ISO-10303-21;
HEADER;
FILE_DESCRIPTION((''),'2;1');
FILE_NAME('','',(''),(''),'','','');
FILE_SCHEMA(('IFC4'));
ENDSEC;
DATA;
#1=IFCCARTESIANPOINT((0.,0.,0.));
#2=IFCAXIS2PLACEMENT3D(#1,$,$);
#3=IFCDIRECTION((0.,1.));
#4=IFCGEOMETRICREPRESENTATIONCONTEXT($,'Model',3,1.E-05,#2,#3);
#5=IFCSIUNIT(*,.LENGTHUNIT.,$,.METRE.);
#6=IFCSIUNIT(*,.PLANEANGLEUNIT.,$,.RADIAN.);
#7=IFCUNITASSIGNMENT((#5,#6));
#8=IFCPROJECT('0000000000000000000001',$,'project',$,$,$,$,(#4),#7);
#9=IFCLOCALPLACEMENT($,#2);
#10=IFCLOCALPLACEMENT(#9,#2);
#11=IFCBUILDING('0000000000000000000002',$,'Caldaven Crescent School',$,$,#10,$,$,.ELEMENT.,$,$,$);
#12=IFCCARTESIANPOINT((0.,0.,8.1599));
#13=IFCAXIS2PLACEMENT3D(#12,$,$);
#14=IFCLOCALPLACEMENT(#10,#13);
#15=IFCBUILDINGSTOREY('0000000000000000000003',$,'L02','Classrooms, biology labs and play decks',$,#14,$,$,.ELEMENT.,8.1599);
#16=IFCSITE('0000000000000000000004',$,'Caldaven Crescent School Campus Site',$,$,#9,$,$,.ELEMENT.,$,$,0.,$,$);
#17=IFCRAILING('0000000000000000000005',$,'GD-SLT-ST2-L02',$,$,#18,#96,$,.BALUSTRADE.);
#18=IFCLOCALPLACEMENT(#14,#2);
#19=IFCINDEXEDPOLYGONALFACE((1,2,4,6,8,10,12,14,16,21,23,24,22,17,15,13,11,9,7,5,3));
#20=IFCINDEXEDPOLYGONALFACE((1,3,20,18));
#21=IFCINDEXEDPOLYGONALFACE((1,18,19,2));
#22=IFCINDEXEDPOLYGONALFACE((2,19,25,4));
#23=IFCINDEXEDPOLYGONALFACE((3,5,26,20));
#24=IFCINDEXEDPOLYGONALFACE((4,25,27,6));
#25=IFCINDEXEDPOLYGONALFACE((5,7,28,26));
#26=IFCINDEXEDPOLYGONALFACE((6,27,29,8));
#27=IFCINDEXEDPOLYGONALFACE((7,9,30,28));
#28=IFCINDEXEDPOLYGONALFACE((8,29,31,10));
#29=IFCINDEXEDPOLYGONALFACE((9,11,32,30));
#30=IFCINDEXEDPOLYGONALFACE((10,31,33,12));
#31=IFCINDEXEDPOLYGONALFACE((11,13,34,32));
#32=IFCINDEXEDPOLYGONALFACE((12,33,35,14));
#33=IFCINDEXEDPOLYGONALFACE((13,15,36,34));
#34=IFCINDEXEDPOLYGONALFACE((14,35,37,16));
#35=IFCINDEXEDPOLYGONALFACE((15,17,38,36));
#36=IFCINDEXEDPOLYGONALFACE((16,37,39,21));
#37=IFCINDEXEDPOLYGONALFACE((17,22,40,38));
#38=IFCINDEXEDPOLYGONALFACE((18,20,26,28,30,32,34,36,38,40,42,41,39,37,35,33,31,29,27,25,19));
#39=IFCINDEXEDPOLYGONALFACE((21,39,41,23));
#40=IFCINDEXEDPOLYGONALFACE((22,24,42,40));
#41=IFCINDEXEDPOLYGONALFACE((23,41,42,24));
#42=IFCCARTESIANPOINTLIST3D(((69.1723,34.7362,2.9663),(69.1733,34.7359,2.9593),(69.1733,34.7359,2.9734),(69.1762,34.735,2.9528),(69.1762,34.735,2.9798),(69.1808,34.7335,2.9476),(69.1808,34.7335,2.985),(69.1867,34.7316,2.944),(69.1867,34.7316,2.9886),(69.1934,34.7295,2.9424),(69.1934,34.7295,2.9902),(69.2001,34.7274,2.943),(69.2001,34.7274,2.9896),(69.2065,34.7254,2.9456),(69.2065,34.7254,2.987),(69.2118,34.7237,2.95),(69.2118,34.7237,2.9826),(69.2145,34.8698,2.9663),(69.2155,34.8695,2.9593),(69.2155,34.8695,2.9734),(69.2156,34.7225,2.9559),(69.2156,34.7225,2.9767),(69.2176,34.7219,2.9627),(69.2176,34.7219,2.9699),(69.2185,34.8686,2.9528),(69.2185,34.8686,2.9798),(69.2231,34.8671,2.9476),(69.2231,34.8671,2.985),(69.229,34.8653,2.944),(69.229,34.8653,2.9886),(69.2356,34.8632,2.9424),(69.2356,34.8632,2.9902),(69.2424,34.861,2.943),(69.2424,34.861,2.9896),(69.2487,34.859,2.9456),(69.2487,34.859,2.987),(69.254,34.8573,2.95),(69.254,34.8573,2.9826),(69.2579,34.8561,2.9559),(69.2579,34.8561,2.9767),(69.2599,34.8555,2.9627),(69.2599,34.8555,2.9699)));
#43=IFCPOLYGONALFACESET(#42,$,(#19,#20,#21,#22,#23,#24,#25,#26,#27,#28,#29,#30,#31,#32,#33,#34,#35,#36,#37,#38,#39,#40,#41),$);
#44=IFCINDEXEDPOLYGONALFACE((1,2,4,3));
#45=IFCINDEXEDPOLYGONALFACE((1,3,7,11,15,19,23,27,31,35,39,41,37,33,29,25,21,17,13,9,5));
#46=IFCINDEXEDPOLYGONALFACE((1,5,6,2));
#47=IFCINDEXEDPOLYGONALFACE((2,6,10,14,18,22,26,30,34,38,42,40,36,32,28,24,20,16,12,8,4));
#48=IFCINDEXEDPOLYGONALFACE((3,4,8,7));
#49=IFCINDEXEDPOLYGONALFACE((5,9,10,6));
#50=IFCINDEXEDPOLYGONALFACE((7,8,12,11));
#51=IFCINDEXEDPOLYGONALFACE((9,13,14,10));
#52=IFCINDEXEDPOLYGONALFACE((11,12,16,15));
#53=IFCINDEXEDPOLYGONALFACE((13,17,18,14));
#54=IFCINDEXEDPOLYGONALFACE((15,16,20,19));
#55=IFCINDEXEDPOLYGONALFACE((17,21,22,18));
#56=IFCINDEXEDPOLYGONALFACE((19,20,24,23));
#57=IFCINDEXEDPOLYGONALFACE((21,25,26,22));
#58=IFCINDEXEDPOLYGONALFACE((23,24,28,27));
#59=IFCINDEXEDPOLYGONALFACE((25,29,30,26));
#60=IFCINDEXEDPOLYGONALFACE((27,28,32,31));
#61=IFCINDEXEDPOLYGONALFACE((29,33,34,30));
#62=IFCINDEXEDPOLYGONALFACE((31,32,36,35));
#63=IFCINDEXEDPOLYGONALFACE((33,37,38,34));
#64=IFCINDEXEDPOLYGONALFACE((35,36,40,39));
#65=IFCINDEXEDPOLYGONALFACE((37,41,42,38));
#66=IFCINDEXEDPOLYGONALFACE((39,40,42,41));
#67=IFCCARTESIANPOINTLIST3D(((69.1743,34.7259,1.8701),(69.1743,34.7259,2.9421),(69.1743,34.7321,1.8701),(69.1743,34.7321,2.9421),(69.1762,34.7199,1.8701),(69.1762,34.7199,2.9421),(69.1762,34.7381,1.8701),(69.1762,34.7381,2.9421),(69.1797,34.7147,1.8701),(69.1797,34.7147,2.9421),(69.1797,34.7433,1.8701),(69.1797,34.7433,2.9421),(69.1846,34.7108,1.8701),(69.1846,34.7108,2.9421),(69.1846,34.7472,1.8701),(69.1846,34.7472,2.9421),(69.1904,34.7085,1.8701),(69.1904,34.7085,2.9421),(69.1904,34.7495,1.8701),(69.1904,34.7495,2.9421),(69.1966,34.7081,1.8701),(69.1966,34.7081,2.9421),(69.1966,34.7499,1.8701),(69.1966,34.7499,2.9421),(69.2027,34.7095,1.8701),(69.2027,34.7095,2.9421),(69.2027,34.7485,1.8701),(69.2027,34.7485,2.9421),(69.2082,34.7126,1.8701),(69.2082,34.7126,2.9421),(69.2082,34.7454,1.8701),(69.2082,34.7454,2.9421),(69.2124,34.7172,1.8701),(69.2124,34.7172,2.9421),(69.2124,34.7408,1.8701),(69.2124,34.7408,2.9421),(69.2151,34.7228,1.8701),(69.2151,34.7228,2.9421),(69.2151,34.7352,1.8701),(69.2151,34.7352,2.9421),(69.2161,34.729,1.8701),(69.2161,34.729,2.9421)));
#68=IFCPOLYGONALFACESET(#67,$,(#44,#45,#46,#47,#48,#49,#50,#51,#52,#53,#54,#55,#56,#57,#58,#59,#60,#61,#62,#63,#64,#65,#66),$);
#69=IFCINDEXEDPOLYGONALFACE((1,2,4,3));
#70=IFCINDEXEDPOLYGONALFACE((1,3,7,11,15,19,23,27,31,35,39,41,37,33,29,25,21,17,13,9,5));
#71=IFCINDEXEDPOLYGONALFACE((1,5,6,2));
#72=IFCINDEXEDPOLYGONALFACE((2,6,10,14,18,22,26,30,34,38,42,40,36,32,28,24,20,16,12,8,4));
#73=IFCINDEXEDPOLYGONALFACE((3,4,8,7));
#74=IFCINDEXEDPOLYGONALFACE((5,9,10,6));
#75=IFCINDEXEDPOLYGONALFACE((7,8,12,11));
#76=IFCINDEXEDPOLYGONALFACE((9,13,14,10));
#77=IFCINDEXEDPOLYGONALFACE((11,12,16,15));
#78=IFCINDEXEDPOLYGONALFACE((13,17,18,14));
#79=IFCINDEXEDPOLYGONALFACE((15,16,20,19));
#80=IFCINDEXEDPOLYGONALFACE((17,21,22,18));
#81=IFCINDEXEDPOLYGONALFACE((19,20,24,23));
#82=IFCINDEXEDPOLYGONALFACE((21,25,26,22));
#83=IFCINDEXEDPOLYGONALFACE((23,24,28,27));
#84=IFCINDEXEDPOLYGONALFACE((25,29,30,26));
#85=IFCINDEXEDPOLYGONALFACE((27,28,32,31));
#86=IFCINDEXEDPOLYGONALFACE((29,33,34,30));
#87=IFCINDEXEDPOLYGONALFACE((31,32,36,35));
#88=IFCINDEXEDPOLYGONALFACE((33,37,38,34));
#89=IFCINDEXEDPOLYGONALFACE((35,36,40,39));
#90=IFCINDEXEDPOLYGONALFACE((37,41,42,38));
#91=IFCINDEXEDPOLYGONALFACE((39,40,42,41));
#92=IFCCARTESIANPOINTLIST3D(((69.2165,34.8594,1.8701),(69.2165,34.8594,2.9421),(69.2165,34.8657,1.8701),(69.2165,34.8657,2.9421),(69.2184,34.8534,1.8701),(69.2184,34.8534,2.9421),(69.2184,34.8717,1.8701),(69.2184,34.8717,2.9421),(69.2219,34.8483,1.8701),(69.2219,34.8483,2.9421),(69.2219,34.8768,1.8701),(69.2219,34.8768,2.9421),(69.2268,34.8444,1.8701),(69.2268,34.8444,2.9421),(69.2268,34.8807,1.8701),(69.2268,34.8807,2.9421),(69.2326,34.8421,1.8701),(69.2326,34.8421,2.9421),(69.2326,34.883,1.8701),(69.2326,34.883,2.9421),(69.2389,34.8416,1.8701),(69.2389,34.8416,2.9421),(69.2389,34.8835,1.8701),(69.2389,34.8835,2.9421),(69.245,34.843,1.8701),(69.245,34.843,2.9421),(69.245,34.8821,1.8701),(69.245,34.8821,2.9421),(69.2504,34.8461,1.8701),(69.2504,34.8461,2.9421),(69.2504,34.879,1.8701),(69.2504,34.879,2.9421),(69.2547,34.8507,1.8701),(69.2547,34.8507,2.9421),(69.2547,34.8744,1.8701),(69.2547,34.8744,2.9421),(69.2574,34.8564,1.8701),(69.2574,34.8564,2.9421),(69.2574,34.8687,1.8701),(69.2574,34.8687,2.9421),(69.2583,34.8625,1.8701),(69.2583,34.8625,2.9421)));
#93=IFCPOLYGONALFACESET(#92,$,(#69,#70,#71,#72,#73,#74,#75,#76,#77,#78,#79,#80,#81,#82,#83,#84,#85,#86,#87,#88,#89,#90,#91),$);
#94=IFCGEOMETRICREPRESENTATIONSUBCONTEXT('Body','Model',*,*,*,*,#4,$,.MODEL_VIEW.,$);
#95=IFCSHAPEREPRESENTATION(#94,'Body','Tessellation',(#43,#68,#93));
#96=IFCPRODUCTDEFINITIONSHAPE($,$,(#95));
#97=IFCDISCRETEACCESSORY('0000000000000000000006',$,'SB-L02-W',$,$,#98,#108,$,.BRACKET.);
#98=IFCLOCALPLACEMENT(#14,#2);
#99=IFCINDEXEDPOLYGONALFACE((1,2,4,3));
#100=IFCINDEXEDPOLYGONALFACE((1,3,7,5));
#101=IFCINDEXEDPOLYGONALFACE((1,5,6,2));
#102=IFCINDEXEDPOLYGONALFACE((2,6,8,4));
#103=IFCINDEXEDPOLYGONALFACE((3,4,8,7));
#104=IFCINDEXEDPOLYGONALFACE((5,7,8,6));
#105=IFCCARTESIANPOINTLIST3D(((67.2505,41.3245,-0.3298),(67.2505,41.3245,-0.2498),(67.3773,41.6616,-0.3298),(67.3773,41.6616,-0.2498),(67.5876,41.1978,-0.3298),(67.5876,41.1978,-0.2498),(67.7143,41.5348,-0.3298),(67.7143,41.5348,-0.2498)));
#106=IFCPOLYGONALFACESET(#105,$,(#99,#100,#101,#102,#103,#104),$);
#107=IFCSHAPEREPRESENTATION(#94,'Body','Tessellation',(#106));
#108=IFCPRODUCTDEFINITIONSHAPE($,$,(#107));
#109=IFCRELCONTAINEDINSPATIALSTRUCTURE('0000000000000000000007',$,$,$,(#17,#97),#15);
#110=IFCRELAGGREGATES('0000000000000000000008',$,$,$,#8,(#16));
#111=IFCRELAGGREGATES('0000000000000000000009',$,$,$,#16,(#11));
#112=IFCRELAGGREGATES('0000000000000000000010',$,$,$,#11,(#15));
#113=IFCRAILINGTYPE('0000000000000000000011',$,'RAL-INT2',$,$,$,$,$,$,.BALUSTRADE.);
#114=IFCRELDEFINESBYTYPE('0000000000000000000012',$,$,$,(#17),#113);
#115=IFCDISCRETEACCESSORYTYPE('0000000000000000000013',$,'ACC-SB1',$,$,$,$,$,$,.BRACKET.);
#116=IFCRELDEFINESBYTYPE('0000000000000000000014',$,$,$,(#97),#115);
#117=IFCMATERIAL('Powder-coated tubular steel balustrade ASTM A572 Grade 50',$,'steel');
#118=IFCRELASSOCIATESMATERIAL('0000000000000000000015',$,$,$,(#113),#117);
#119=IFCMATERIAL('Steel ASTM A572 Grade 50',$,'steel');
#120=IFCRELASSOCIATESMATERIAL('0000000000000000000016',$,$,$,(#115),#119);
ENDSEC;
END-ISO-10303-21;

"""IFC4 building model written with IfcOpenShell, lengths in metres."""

from ifc_helpers import new_model, si_unit, direction, frame, origin, origin_2d, place, context, subcontext, project, spatial, rectangle, circle, extrude, material, type_object, element, save


model = new_model("IFC4")

# Units and contexts
model_context = context("Model", 3, precision=1e-05, world=origin(), true_north=direction((0.0, 1.0)))
body_context = subcontext(model_context, "Body", "Model", "MODEL_VIEW")
ifc_project = project(units=[si_unit("LENGTHUNIT", "METRE"), si_unit("PLANEANGLEUNIT", "RADIAN")], contexts=[model_context])

# Site, building, storey
site_placement = place(None, origin())
site = spatial("IfcSite", under=ifc_project, at=site_placement, Name="Caldaven Crescent School Campus Site", CompositionType="ELEMENT", RefElevation=0.0)
building_placement = place(site_placement, origin())
building = spatial("IfcBuilding", under=site, at=building_placement, Name="Caldaven Crescent School", CompositionType="ELEMENT")
storey_placement = place(building_placement, frame((0.0, 0.0, 8.1599)))
storey = spatial("IfcBuildingStorey", under=building, at=storey_placement, Name="L02", Description="Classrooms, biology labs and play decks", CompositionType="ELEMENT", Elevation=8.1599)

# Shared definitions
ifc_material_1 = material(Name="Steel ASTM A572 Grade 50", Category="steel")

# Railing
ifc_material_2 = material(Name="Powder-coated tubular steel balustrade ASTM A572 Grade 50", Category="steel")
railing_type_1 = type_object("IfcRailingType", Name="RAL-INT2", PredefinedType="BALUSTRADE", material=ifc_material_2)
railing_1_placement = place(storey_placement, frame((69.1951, 34.729, 1.8701)))
element("IfcRailing", 1, at=railing_1_placement, inside=storey, type_object=railing_type_1, Name="GD-SLT-ST2-L02", PredefinedType="BALUSTRADE", context=body_context, shape_type="SweptSolid", body=[
    extrude(circle(Radius=0.0239, at=origin_2d()), frame((0.0, 0.0, 1.0962), z_axis=(0.301548, 0.953451, 0.0), x_axis=(-0.953451, 0.301548, 0.0)), (0.0, 0.0, 1.0), 0.1401),
    extrude(circle(Radius=0.021, at=origin_2d()), origin(), (0.0, 0.0, 1.0), 1.072),
    extrude(circle(Radius=0.021, at=origin_2d()), frame((0.0422, 0.1335, 0.0)), (0.0, 0.0, 1.0), 1.072),
])

# Discrete accessory
discrete_accessory_type = type_object("IfcDiscreteAccessoryType", Name="ACC-SB1", PredefinedType="BRACKET", material=ifc_material_1)
discrete_accessory_placement = place(storey_placement, frame((67.4824, 41.4297, -0.3298), z_axis=(0.0, 0.0, 1.0), x_axis=(-0.352005, -0.935998, 0.0)))
element("IfcDiscreteAccessory", 2, at=discrete_accessory_placement, inside=storey, type_object=discrete_accessory_type, Name="SB-L02-W", PredefinedType="BRACKET", context=body_context, shape_type="SweptSolid", body=[
    extrude(rectangle(XDim=0.3601, YDim=0.3601, at=origin_2d()), origin(), (0.0, 0.0, 1.0), 0.0801),
])

save(model, "model.ifc")
